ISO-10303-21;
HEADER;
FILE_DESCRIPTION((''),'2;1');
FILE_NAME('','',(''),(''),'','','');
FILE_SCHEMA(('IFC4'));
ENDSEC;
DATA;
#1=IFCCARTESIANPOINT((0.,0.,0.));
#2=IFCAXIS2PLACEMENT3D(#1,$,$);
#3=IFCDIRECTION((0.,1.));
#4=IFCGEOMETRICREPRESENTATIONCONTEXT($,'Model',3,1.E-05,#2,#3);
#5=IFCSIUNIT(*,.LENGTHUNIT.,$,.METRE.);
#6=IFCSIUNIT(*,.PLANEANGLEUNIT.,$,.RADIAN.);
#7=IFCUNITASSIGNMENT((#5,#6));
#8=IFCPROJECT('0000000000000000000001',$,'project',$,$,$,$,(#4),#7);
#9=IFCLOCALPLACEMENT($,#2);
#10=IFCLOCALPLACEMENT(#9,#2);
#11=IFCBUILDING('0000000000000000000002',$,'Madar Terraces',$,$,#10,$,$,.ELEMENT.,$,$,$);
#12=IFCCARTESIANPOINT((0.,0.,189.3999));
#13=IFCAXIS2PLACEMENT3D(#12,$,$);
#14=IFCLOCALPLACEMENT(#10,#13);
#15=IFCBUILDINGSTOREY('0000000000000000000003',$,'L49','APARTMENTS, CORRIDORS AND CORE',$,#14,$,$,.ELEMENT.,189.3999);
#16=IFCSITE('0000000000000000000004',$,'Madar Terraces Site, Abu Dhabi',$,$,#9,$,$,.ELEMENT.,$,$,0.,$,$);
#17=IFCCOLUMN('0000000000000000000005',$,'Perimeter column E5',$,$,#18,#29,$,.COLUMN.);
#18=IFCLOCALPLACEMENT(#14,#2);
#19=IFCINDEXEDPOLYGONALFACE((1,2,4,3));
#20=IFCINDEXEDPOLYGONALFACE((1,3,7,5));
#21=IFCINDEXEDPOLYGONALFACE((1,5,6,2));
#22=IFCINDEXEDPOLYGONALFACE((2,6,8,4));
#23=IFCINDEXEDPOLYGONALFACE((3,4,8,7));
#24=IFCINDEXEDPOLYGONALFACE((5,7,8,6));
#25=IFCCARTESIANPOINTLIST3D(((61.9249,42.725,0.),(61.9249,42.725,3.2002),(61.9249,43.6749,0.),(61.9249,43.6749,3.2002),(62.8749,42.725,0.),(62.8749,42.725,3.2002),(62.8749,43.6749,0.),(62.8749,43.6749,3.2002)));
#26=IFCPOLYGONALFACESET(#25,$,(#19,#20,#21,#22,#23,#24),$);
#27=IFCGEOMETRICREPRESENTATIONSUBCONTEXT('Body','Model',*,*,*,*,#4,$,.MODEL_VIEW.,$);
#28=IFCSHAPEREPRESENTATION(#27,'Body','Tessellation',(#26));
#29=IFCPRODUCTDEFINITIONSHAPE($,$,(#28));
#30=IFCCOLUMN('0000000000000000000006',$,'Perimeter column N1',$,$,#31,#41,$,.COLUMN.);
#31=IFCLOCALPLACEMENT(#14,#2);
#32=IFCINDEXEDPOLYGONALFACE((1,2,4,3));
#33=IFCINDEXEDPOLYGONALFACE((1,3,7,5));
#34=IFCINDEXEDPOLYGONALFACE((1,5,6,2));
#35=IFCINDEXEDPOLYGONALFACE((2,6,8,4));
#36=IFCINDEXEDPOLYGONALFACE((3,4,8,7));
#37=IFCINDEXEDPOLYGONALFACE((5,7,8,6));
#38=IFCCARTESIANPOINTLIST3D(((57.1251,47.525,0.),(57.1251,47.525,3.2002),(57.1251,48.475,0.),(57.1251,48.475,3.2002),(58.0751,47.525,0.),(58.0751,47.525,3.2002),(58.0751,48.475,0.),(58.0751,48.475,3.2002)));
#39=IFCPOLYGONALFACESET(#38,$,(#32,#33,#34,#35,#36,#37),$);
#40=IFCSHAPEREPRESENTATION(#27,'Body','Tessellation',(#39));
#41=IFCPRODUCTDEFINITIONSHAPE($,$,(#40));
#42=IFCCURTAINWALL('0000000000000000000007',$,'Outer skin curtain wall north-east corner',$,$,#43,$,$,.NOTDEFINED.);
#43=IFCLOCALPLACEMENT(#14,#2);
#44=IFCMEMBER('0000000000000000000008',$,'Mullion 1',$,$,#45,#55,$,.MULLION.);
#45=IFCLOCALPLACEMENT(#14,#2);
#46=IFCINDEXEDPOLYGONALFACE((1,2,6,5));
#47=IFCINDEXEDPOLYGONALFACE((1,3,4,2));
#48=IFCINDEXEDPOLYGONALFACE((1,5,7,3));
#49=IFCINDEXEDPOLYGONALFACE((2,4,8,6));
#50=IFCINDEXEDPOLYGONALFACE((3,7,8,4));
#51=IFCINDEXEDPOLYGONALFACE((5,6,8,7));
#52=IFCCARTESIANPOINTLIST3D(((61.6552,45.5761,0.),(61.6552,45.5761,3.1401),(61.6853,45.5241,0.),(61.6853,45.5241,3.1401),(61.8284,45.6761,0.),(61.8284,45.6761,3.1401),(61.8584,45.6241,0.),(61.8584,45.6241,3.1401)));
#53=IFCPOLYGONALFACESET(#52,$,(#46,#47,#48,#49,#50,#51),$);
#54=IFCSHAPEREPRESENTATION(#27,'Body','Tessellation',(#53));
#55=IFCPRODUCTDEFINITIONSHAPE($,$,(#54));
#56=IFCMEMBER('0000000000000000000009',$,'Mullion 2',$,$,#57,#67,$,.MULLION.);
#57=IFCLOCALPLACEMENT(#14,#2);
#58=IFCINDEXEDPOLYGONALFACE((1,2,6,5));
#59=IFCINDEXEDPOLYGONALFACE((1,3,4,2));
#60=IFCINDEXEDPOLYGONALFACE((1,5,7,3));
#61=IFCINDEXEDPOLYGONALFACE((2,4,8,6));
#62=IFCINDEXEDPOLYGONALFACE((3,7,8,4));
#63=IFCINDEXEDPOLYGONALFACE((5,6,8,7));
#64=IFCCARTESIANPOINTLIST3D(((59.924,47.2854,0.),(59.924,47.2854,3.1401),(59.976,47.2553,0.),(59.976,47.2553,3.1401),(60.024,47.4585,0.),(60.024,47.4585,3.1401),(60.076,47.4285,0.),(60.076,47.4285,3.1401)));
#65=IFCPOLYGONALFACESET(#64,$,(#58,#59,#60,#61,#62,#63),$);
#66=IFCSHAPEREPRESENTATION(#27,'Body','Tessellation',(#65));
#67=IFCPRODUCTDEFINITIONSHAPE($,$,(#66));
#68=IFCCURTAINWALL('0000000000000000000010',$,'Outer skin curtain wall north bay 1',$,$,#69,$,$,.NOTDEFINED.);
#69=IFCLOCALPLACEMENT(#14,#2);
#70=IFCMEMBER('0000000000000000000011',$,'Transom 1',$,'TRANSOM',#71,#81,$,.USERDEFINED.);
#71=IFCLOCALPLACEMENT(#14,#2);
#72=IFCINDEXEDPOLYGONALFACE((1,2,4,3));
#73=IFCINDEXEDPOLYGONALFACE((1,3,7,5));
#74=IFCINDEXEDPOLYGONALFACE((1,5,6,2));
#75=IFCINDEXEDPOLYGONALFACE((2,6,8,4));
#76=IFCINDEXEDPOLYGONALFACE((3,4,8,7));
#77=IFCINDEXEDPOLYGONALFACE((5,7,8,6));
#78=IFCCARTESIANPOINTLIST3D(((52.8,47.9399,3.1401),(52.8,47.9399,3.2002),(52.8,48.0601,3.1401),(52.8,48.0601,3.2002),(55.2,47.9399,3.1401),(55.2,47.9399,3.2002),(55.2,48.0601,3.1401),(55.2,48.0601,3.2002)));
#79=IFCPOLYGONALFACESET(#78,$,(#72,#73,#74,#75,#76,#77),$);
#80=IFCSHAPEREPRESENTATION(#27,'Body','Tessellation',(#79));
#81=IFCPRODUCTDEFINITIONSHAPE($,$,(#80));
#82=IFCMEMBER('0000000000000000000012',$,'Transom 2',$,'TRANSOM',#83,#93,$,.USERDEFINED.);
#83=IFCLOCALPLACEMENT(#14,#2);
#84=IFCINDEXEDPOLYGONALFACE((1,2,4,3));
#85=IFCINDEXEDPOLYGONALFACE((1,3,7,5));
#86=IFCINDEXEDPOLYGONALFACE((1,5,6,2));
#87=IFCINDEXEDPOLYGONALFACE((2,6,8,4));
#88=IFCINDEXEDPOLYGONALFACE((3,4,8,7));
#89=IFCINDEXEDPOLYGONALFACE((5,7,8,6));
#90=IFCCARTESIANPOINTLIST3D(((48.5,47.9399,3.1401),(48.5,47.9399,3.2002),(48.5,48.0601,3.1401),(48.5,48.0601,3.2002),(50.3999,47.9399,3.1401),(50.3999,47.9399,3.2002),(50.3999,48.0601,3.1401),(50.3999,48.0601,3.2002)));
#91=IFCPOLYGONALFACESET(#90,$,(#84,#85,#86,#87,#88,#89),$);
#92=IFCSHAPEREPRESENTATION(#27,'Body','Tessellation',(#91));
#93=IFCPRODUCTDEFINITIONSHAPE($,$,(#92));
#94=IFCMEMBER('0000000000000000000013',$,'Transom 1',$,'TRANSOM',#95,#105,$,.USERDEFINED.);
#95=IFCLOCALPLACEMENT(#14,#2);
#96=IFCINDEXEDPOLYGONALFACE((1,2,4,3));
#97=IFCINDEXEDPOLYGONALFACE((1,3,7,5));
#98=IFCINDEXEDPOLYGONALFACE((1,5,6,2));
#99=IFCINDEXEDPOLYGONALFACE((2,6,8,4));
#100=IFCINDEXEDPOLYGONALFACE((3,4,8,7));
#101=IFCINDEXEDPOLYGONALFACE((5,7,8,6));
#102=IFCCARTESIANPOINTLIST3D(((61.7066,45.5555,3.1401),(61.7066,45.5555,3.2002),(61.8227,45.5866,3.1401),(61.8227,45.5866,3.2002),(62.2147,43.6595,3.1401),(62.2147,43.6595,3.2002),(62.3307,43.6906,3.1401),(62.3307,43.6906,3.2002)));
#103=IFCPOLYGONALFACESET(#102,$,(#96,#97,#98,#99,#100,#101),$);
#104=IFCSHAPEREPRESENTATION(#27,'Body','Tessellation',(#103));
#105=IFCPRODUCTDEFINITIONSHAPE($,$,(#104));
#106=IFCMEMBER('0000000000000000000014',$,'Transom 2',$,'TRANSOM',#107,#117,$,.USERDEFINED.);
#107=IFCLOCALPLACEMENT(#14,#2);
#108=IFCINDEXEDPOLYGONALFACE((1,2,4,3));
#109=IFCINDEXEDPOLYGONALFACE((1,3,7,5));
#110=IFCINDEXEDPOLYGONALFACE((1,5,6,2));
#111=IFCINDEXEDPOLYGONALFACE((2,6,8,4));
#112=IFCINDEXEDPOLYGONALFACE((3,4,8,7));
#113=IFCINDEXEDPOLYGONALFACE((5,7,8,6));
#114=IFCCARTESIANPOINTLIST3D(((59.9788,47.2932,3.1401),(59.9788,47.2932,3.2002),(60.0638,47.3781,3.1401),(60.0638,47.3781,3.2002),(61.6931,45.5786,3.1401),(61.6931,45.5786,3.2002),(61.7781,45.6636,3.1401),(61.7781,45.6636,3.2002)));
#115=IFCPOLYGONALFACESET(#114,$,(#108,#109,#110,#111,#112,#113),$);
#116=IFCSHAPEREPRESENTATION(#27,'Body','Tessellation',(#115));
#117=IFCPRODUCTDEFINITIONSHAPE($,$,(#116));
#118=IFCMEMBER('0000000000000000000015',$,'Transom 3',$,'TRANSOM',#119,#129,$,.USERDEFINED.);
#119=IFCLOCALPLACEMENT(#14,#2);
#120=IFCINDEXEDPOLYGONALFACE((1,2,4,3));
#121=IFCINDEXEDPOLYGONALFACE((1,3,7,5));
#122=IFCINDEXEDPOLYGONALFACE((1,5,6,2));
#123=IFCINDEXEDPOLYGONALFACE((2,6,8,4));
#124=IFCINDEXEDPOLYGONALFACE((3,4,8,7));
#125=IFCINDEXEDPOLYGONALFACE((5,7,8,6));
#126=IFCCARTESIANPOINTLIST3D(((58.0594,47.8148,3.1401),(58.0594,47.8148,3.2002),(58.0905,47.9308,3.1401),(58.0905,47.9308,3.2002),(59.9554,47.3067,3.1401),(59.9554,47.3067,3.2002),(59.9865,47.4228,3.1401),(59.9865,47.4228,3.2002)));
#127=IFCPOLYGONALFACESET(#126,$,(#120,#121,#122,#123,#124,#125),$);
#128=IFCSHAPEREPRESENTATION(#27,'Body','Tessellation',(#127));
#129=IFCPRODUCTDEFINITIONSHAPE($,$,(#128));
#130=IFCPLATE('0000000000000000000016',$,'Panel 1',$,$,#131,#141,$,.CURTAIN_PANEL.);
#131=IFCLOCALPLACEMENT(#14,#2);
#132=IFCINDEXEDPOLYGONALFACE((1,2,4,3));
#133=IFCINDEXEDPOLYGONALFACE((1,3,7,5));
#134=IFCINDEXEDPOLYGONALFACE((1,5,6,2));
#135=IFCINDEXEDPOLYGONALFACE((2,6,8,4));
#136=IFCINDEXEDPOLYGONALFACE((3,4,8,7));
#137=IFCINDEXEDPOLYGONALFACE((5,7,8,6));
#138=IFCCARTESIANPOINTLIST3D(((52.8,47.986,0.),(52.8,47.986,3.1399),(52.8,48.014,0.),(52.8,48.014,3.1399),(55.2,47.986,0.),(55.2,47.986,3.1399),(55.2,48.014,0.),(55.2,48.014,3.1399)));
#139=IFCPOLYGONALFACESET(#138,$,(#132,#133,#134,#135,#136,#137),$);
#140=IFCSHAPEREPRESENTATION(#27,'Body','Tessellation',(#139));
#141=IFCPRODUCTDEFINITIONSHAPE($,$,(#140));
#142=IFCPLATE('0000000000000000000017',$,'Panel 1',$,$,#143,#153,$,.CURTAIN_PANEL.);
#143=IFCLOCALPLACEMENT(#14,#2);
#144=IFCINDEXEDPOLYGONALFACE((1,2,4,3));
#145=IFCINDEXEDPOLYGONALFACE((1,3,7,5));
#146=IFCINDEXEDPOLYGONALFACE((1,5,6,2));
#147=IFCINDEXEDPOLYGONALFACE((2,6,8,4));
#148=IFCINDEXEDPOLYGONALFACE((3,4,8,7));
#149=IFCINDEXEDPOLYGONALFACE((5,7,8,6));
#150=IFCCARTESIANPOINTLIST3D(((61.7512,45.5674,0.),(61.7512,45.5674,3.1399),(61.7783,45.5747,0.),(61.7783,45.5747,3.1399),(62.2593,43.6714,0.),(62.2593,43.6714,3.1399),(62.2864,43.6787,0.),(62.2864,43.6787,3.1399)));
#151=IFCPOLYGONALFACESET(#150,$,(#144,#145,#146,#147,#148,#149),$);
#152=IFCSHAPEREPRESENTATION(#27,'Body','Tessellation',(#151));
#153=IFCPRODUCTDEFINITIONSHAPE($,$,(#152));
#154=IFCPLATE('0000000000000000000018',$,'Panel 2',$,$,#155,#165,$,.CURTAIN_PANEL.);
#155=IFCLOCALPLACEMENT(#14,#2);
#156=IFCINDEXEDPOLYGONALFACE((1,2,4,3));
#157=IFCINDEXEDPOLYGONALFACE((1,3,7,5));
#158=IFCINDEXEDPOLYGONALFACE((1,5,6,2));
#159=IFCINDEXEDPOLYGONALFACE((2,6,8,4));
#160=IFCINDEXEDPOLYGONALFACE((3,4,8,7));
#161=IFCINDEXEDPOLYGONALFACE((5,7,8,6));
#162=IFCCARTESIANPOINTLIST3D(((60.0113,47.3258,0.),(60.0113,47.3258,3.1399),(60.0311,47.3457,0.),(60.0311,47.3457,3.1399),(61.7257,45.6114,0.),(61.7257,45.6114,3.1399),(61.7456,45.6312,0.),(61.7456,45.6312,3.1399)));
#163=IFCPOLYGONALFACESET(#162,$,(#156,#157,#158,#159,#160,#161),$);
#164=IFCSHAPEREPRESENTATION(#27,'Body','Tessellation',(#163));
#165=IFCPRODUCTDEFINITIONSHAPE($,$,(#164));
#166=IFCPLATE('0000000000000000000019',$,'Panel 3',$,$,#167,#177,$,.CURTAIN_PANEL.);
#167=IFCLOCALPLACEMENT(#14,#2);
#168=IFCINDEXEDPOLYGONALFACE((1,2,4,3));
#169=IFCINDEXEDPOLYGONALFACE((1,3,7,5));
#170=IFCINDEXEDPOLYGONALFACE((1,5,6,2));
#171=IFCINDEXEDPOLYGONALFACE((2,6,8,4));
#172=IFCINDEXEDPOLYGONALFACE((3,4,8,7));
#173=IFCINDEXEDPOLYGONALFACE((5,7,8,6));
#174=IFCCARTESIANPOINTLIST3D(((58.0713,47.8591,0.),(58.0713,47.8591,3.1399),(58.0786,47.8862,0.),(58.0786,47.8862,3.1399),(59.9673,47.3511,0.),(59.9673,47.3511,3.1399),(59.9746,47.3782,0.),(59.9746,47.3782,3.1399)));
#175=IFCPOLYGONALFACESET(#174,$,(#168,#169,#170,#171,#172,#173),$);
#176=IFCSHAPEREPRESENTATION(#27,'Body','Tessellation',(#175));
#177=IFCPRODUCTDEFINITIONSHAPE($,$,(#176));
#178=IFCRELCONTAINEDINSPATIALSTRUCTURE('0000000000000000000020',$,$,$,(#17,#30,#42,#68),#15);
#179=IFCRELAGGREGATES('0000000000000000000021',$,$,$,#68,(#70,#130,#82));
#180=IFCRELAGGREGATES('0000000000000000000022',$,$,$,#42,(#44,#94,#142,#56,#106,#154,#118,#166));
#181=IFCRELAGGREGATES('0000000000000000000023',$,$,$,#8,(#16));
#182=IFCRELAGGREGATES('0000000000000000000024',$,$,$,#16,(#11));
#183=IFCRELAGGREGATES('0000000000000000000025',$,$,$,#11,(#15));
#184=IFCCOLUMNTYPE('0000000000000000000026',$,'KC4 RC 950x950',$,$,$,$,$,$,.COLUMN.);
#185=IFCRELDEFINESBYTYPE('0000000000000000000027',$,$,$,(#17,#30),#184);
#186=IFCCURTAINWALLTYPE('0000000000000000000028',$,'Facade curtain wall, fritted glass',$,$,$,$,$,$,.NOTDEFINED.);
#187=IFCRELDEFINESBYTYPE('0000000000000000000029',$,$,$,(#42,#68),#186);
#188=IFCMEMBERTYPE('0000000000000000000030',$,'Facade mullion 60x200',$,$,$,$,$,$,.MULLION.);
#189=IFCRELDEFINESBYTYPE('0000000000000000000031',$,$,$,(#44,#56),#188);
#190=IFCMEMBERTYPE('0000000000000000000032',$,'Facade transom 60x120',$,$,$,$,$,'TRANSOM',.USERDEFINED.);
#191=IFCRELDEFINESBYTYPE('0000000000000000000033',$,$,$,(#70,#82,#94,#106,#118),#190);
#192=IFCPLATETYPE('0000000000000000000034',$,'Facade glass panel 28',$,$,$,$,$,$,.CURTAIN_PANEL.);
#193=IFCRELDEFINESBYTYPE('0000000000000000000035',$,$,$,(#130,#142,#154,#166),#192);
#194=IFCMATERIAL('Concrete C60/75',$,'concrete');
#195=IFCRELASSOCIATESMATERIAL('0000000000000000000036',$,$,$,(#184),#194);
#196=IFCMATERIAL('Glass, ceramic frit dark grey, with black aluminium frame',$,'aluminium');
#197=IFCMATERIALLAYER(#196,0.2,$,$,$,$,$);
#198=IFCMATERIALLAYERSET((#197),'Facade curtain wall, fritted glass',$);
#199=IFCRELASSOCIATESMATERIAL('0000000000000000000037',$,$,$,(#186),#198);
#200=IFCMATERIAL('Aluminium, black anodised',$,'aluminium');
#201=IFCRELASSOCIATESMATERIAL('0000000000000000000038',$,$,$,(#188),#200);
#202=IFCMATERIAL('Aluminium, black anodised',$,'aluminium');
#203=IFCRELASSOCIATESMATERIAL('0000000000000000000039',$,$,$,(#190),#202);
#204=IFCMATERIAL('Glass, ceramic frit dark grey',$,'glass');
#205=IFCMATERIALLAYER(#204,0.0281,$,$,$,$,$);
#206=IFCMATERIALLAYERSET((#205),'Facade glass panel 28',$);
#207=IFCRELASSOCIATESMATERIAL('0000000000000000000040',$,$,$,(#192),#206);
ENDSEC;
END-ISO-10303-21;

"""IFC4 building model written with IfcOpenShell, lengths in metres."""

from ifc_helpers import new_model, si_unit, direction, frame, origin, origin_2d, place, context, subcontext, project, spatial, rectangle, extrude, material, layer, layer_set, material_profile, profile_set, type_object, element, aggregate, save


model = new_model("IFC4")

# Units and contexts
model_context = context("Model", 3, precision=1e-05, world=origin(), true_north=direction((0.0, 1.0)))
body_context = subcontext(model_context, "Body", "Model", "MODEL_VIEW")
ifc_project = project(units=[si_unit("LENGTHUNIT", "METRE"), si_unit("PLANEANGLEUNIT", "RADIAN")], contexts=[model_context])

# Site, building, storey
site_placement = place(None, origin())
site = spatial("IfcSite", under=ifc_project, at=site_placement, Name="Madar Terraces Site, Abu Dhabi", CompositionType="ELEMENT", RefElevation=0.0)
building_placement = place(site_placement, origin())
building = spatial("IfcBuilding", under=site, at=building_placement, Name="Madar Terraces", CompositionType="ELEMENT")
storey_placement = place(building_placement, frame((0.0, 0.0, 189.3999)))
storey = spatial("IfcBuildingStorey", under=building, at=storey_placement, Name="L49", Description="APARTMENTS, CORRIDORS AND CORE", CompositionType="ELEMENT", Elevation=189.3999)

# Columns
ifc_material_1 = material(Name="Concrete C60/75", Category="concrete")
ifc_material_profile_1 = material_profile(ifc_material_1, rectangle(XDim=0.95, YDim=0.95, at=origin_2d()), Name="KC4 RC 950x950")
ifc_profile_set_1 = profile_set([ifc_material_profile_1], Name="Concrete C60/75")
column_type = type_object("IfcColumnType", Name="KC4 RC 950x950", PredefinedType="COLUMN", material=ifc_profile_set_1)
for number, where, z_axis, x_axis, name in (
    (1, (62.3999, 43.2, 0.0), (0.0, 0.0, 1.0), (1.0, 0.0, 0.0), "Perimeter column E5"),
    (2, (57.6001, 48.0, 0.0), (0.0, 0.0, 1.0), (1.0, 0.0, 0.0), "Perimeter column N1"),
):
    element("IfcColumn", number, at=place(storey_placement, frame(where, z_axis=z_axis, x_axis=x_axis)), inside=storey, type_object=column_type, Name=name, PredefinedType="COLUMN", context=body_context, shape_type="SweptSolid", body=[
        extrude(rectangle(XDim=0.95, YDim=0.95, at=origin_2d()), origin(), (0.0, 0.0, 1.0), 3.2002),
    ])

# Curtain walls, members
ifc_material_2 = material(Name="Glass, ceramic frit dark grey, with black aluminium frame", Category="aluminium")
ifc_layer_1 = layer(ifc_material_2, 0.2)
ifc_layer_set_1 = layer_set([ifc_layer_1], Name="Facade curtain wall, fritted glass")
curtain_wall_type = type_object("IfcCurtainWallType", Name="Facade curtain wall, fritted glass", PredefinedType="NOTDEFINED", material=ifc_layer_set_1)
curtain_wall_1_placement = place(storey_placement, origin())
curtain_wall_1 = element("IfcCurtainWall", 3, at=curtain_wall_1_placement, inside=storey, type_object=curtain_wall_type, Name="Outer skin curtain wall north-east corner", PredefinedType="NOTDEFINED")
ifc_material_3 = material(Name="Aluminium, black anodised", Category="aluminium")
ifc_material_profile_2 = material_profile(ifc_material_3, rectangle(XDim=0.2, YDim=0.0601, at=origin_2d()), Name="Facade mullion 60x200")
ifc_profile_set_2 = profile_set([ifc_material_profile_2], Name="Aluminium, black anodised")
member_type_1 = type_object("IfcMemberType", Name="Facade mullion 60x200", PredefinedType="MULLION", material=ifc_profile_set_2)
member_1_placement = place(storey_placement, frame((61.7568, 45.6001, 0.0), z_axis=(0.0, 0.0, 1.0), x_axis=(-0.866025, -0.5, 0.0)))
member_1 = element("IfcMember", 4, at=member_1_placement, type_object=member_type_1, Name="Mullion 1", PredefinedType="MULLION", context=body_context, shape_type="SweptSolid", body=[
    extrude(rectangle(XDim=0.2, YDim=0.0601, at=origin_2d()), origin(), (0.0, 0.0, 1.0), 3.1401),
])
member_2_placement = place(storey_placement, frame((60.0, 47.3569, 0.0), z_axis=(0.0, 0.0, 1.0), x_axis=(-0.5, -0.866025, 0.0)))
member_2 = element("IfcMember", 5, at=member_2_placement, type_object=member_type_1, Name="Mullion 2", PredefinedType="MULLION", context=body_context, shape_type="SweptSolid", body=[
    extrude(rectangle(XDim=0.2, YDim=0.0601, at=origin_2d()), origin(), (0.0, 0.0, 1.0), 3.1401),
])
curtain_wall_2_placement = place(storey_placement, origin())
curtain_wall_2 = element("IfcCurtainWall", 6, at=curtain_wall_2_placement, inside=storey, type_object=curtain_wall_type, Name="Outer skin curtain wall north bay 1", PredefinedType="NOTDEFINED")
ifc_material_4 = material(Name="Aluminium, black anodised", Category="aluminium")
ifc_material_profile_3 = material_profile(ifc_material_4, rectangle(XDim=0.1201, YDim=0.0601, at=origin_2d()), Name="Facade transom 60x120")
ifc_profile_set_3 = profile_set([ifc_material_profile_3], Name="Aluminium, black anodised")
member_type_2 = type_object("IfcMemberType", Name="Facade transom 60x120", ElementType="TRANSOM", PredefinedType="USERDEFINED", material=ifc_profile_set_3)
member_3_placement = place(storey_placement, frame((55.2, 48.0, 3.1702), z_axis=(-1.0, 0.0, 0.0), x_axis=(0.0, -1.0, 0.0)))
member_3 = element("IfcMember", 7, at=member_3_placement, type_object=member_type_2, Name="Transom 1", ObjectType="TRANSOM", PredefinedType="USERDEFINED", context=body_context, shape_type="SweptSolid", body=[
    extrude(rectangle(XDim=0.1201, YDim=0.0601, at=origin_2d()), origin(), (0.0, 0.0, 1.0), 2.3999),
])
member_4_placement = place(storey_placement, frame((50.3999, 48.0, 3.1702), z_axis=(-1.0, 0.0, 0.0), x_axis=(0.0, -1.0, 0.0)))
member_4 = element("IfcMember", 8, at=member_4_placement, type_object=member_type_2, Name="Transom 2", ObjectType="TRANSOM", PredefinedType="USERDEFINED", context=body_context, shape_type="SweptSolid", body=[
    extrude(rectangle(XDim=0.1201, YDim=0.0601, at=origin_2d()), origin(), (0.0, 0.0, 1.0), 1.8999),
])

# Members
member_5_placement = place(storey_placement, frame((62.2727, 43.675, 3.1702), z_axis=(-0.258831, 0.965923, 0.0), x_axis=(-0.965923, -0.258831, 0.0)))
member_5 = element("IfcMember", 9, at=member_5_placement, type_object=member_type_2, Name="Transom 1", ObjectType="TRANSOM", PredefinedType="USERDEFINED", context=body_context, shape_type="SweptSolid", body=[
    extrude(rectangle(XDim=0.1201, YDim=0.0601, at=origin_2d()), origin(), (0.0, 0.0, 1.0), 1.9629),
])
member_6_placement = place(storey_placement, frame((61.7356, 45.6211, 3.1702), z_axis=(-0.707056, 0.707157, 0.0), x_axis=(-0.707157, -0.707056, 0.0)))
member_6 = element("IfcMember", 10, at=member_6_placement, type_object=member_type_2, Name="Transom 2", ObjectType="TRANSOM", PredefinedType="USERDEFINED", context=body_context, shape_type="SweptSolid", body=[
    extrude(rectangle(XDim=0.1201, YDim=0.0601, at=origin_2d()), origin(), (0.0, 0.0, 1.0), 2.4246),
])
member_7_placement = place(storey_placement, frame((59.9709, 47.3647, 3.1702), z_axis=(-0.965923, 0.258831, 0.0), x_axis=(-0.258831, -0.965923, 0.0)))
member_7 = element("IfcMember", 11, at=member_7_placement, type_object=member_type_2, Name="Transom 3", ObjectType="TRANSOM", PredefinedType="USERDEFINED", context=body_context, shape_type="SweptSolid", body=[
    extrude(rectangle(XDim=0.1201, YDim=0.0601, at=origin_2d()), origin(), (0.0, 0.0, 1.0), 1.9629),
])

# Plates
ifc_material_5 = material(Name="Glass, ceramic frit dark grey", Category="glass")
ifc_layer_2 = layer(ifc_material_5, 0.0281)
ifc_layer_set_2 = layer_set([ifc_layer_2], Name="Facade glass panel 28")
plate_type = type_object("IfcPlateType", Name="Facade glass panel 28", PredefinedType="CURTAIN_PANEL", material=ifc_layer_set_2)
plate_1_placement = place(storey_placement, frame((54.0, 48.0, 0.0), z_axis=(0.0, 0.0, 1.0), x_axis=(-1.0, 0.0, 0.0)))
plate_1 = element("IfcPlate", 12, at=plate_1_placement, type_object=plate_type, Name="Panel 1", PredefinedType="CURTAIN_PANEL", context=body_context, shape_type="SweptSolid", body=[
    extrude(rectangle(XDim=2.3999, YDim=0.0281, at=origin_2d()), origin(), (0.0, 0.0, 1.0), 3.1399),
])
aggregate(curtain_wall_2, [member_3, plate_1, member_4])
plate_2_placement = place(storey_placement, frame((62.0188, 44.623, 0.0), z_axis=(0.0, 0.0, 1.0), x_axis=(-0.258819, 0.965926, 0.0)))
plate_2 = element("IfcPlate", 13, at=plate_2_placement, type_object=plate_type, Name="Panel 1", PredefinedType="CURTAIN_PANEL", context=body_context, shape_type="SweptSolid", body=[
    extrude(rectangle(XDim=1.9629, YDim=0.0281, at=origin_2d()), origin(), (0.0, 0.0, 1.0), 3.1399),
])
plate_3_placement = place(storey_placement, frame((60.8784, 46.4785, 0.0), z_axis=(0.0, 0.0, 1.0), x_axis=(-0.707107, 0.707107, 0.0)))
plate_3 = element("IfcPlate", 14, at=plate_3_placement, type_object=plate_type, Name="Panel 2", PredefinedType="CURTAIN_PANEL", context=body_context, shape_type="SweptSolid", body=[
    extrude(rectangle(XDim=2.4246, YDim=0.0281, at=origin_2d()), origin(), (0.0, 0.0, 1.0), 3.1399),
])
plate_4_placement = place(storey_placement, frame((59.0229, 47.6187, 0.0), z_axis=(0.0, 0.0, 1.0), x_axis=(-0.965926, 0.258819, 0.0)))
plate_4 = element("IfcPlate", 15, at=plate_4_placement, type_object=plate_type, Name="Panel 3", PredefinedType="CURTAIN_PANEL", context=body_context, shape_type="SweptSolid", body=[
    extrude(rectangle(XDim=1.9629, YDim=0.0281, at=origin_2d()), origin(), (0.0, 0.0, 1.0), 3.1399),
])
aggregate(curtain_wall_1, [member_1, member_5, plate_2, member_2, member_6, plate_3, member_7, plate_4])

save(model, "model.ifc")
